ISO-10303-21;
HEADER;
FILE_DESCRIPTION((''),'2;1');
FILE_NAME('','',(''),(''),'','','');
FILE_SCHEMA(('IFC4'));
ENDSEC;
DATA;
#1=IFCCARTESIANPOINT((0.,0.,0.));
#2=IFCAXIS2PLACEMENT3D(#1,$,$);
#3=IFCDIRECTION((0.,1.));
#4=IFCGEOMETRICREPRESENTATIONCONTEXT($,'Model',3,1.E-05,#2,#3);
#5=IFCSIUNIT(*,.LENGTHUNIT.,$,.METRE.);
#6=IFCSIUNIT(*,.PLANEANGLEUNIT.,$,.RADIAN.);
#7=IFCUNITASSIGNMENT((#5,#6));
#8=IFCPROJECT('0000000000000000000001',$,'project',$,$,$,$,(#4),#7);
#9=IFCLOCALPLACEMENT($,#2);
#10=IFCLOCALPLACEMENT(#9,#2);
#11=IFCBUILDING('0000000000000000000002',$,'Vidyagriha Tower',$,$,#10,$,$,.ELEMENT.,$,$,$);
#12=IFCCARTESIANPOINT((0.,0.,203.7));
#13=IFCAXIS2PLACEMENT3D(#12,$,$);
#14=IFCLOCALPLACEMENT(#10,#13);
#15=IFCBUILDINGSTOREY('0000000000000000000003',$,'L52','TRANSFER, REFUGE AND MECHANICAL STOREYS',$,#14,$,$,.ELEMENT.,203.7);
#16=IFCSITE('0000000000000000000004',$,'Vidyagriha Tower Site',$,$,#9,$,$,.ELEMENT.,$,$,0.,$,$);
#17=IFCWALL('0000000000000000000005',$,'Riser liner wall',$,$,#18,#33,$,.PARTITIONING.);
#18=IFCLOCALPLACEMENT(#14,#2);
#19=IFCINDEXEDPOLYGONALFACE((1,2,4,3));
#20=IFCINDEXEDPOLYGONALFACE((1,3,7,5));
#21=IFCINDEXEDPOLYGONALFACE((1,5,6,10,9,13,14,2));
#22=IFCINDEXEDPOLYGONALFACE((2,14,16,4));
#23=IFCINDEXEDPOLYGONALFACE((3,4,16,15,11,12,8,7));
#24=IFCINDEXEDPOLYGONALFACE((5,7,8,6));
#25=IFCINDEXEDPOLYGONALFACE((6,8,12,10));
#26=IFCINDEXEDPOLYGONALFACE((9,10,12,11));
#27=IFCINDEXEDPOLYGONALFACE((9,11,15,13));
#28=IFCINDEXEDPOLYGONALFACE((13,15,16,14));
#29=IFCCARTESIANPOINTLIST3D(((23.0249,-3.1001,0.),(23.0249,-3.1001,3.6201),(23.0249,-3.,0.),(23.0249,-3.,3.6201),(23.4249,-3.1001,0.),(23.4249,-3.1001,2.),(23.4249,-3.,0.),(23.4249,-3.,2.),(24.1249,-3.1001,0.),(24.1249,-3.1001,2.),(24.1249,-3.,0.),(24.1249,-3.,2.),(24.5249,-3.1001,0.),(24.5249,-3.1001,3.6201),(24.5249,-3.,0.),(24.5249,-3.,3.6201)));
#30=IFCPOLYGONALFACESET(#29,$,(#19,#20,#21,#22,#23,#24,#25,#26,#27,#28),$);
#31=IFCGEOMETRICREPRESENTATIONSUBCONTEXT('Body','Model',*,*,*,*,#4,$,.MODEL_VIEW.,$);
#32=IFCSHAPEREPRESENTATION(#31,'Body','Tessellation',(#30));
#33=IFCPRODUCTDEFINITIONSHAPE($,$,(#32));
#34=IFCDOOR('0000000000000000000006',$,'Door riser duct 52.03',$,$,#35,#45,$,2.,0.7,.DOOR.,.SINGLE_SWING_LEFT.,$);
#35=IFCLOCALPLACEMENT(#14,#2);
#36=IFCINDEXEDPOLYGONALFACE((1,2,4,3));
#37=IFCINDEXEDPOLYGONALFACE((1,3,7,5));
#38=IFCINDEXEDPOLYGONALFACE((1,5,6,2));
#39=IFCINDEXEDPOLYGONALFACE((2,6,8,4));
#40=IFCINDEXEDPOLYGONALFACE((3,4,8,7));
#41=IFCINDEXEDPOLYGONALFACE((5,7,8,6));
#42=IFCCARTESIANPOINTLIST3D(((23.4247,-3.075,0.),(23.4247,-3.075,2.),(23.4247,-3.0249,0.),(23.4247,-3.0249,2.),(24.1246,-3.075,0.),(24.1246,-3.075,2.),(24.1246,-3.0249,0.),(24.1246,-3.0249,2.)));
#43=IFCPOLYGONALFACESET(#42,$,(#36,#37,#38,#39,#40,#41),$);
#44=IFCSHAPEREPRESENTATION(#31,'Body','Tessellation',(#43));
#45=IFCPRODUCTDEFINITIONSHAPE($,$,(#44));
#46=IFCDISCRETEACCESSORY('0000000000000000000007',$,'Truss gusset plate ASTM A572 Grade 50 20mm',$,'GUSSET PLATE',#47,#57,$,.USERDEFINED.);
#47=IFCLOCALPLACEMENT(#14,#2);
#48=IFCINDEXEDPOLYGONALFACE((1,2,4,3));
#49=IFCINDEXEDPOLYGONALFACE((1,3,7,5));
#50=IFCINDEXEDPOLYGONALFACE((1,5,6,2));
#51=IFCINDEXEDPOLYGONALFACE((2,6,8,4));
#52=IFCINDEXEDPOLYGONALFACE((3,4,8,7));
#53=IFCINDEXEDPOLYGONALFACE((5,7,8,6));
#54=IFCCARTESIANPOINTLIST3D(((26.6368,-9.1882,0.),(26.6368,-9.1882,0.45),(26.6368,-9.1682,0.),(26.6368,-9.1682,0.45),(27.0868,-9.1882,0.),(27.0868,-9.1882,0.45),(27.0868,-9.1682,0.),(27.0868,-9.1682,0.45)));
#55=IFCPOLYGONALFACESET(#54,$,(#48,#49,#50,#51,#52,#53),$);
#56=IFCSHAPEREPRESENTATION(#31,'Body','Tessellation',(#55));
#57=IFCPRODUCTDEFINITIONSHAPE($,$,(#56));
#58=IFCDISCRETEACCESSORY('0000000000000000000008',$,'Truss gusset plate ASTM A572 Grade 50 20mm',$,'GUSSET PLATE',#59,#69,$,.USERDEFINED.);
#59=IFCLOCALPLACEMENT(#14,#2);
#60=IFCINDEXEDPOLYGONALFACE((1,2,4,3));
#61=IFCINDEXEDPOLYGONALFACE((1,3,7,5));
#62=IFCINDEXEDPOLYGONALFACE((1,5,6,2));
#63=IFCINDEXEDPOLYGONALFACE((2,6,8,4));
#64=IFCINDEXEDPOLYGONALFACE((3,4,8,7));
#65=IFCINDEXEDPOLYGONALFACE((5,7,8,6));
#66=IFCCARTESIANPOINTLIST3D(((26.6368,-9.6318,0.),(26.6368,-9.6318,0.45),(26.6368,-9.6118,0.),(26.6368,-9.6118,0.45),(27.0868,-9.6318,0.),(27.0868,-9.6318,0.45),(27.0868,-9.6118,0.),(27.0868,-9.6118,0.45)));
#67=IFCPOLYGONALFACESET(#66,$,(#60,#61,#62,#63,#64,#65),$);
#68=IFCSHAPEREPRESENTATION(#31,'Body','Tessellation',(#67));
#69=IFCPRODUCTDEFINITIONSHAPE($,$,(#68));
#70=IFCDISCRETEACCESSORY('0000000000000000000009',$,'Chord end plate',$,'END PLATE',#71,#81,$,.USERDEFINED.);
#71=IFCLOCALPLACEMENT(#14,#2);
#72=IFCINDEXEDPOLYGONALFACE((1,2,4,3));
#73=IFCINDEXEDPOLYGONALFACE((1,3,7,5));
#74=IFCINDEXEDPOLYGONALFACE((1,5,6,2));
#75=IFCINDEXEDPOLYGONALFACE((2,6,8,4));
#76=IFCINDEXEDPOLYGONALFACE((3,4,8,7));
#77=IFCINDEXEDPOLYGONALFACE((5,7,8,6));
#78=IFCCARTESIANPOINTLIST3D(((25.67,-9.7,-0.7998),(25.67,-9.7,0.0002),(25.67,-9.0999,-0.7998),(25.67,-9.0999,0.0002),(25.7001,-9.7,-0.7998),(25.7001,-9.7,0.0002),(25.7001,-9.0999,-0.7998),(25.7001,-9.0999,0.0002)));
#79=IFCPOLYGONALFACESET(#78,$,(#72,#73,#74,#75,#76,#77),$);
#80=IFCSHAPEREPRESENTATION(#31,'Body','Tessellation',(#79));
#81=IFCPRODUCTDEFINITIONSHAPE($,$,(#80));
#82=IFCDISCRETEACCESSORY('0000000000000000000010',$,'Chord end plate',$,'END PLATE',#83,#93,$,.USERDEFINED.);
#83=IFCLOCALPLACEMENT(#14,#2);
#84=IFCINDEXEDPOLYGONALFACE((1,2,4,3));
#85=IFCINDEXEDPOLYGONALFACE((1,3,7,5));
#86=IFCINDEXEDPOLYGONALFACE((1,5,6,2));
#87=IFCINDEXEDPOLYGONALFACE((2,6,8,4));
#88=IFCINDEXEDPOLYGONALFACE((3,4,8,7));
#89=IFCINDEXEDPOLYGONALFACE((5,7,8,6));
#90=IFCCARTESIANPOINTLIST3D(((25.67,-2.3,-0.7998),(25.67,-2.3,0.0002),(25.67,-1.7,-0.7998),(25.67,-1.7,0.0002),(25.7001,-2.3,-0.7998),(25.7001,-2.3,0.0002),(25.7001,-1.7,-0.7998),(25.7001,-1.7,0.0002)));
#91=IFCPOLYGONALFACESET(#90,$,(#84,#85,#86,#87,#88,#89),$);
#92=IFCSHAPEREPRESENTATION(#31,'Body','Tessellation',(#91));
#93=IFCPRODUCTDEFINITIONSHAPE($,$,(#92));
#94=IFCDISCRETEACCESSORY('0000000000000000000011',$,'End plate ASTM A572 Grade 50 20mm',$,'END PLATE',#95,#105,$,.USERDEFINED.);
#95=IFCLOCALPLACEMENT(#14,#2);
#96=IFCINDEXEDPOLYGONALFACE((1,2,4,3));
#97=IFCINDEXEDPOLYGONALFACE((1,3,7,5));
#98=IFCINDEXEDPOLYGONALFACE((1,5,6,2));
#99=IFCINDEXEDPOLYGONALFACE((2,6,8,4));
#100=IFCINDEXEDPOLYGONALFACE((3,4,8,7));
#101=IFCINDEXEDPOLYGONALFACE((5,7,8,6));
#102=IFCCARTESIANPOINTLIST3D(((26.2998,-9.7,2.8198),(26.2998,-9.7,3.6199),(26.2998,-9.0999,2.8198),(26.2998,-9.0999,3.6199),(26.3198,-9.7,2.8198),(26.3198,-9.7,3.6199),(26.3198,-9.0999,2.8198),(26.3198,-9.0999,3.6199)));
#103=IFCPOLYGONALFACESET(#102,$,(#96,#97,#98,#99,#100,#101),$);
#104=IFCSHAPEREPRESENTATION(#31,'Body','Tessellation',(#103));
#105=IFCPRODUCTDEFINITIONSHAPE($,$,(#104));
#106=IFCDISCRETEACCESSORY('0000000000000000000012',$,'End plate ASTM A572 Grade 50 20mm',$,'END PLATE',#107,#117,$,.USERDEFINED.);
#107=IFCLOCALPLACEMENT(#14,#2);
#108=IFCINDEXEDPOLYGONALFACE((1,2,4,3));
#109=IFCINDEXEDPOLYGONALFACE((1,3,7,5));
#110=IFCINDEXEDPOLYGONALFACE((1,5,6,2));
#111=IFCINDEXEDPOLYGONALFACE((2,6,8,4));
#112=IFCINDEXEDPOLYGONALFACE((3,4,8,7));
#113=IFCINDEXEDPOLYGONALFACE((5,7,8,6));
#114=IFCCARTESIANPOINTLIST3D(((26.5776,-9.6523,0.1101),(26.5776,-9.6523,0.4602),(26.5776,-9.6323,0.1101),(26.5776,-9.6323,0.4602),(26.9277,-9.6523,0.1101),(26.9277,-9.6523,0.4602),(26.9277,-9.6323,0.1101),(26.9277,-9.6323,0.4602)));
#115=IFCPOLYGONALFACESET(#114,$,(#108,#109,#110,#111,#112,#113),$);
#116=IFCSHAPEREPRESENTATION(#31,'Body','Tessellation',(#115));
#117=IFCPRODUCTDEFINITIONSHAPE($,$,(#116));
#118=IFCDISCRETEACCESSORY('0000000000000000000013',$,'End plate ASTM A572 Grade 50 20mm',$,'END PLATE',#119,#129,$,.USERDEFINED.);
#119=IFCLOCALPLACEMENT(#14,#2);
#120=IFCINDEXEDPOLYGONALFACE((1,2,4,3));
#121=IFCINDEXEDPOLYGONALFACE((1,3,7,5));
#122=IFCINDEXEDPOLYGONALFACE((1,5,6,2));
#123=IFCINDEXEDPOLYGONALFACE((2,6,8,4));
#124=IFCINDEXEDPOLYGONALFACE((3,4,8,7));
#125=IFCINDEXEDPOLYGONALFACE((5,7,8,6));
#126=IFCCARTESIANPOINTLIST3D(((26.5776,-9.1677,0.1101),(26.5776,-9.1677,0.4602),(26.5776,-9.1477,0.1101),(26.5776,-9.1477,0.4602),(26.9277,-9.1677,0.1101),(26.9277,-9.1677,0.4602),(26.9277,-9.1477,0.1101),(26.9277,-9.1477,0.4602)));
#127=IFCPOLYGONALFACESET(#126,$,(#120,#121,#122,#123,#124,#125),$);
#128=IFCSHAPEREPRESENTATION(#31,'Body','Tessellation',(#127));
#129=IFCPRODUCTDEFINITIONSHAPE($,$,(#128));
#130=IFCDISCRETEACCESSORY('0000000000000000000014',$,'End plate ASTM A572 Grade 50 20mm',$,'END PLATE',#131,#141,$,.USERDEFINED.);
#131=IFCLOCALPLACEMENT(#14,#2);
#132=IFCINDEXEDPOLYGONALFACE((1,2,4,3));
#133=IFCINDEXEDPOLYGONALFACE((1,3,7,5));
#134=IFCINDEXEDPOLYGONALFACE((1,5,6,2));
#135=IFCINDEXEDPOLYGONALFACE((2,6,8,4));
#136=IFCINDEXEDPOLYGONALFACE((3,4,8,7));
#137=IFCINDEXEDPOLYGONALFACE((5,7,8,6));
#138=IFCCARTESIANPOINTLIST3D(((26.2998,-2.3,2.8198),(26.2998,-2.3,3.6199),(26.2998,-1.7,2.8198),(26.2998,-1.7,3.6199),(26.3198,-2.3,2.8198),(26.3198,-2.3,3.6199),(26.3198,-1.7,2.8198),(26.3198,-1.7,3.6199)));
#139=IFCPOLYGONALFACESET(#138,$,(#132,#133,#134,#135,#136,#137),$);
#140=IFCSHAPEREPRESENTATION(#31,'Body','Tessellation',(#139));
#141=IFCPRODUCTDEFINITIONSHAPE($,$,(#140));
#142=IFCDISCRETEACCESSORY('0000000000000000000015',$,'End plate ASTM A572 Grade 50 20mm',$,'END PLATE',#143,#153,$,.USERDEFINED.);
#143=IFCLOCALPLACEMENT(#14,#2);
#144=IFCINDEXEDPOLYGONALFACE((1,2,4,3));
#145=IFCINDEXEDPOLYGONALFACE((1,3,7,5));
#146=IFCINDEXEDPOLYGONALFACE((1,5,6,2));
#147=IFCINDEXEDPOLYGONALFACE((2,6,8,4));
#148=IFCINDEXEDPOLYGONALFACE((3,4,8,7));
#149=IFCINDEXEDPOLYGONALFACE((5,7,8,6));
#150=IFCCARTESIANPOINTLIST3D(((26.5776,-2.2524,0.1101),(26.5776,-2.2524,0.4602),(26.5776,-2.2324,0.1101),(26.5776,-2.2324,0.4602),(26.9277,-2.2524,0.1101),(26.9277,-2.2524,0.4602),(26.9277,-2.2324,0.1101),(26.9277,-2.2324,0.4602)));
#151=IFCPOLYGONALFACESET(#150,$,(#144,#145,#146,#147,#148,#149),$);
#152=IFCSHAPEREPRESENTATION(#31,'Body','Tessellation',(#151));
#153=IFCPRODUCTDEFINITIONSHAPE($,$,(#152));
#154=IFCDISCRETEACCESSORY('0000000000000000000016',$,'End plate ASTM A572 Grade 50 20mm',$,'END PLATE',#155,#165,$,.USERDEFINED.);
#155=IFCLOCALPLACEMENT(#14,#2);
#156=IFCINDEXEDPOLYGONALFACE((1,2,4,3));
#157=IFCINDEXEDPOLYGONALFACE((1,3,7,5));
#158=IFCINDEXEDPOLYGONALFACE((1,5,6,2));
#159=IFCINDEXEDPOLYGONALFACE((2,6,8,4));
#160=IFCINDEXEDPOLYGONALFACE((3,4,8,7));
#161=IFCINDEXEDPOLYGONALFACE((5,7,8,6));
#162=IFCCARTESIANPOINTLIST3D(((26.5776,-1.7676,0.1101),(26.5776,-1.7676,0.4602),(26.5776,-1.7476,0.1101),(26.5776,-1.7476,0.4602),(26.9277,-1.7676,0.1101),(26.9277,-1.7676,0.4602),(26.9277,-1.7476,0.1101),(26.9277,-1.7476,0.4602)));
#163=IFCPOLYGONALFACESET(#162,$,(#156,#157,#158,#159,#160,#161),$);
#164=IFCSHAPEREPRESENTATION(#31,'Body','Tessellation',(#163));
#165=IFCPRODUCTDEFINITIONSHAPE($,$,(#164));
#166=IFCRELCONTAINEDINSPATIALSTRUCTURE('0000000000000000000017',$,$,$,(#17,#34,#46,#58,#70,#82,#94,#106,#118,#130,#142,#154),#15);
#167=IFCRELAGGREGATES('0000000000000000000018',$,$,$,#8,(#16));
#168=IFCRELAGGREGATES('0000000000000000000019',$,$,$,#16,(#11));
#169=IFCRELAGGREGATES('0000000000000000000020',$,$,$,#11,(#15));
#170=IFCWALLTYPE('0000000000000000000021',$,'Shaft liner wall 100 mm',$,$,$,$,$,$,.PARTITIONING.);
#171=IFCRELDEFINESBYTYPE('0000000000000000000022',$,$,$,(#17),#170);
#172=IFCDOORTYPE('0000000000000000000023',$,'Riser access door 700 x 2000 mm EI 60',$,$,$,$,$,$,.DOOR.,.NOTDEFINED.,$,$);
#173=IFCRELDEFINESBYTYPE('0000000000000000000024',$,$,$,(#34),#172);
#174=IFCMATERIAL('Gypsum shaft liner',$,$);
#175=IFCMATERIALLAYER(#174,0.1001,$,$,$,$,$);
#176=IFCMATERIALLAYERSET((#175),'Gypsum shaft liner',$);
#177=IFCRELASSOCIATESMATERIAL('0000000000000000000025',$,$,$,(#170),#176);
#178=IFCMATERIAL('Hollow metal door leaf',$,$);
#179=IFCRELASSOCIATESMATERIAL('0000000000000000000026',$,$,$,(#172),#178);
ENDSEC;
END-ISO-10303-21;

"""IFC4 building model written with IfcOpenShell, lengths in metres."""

from ifc_helpers import new_model, si_unit, direction, frame, frame_2d, origin, origin_2d, place, context, subcontext, project, spatial, rectangle, extrude, material, layer, layer_set, type_object, element, fill, save


model = new_model("IFC4")

# Units and contexts
model_context = context("Model", 3, precision=1e-05, world=origin(), true_north=direction((0.0, 1.0)))
body_context = subcontext(model_context, "Body", "Model", "MODEL_VIEW")
ifc_project = project(units=[si_unit("LENGTHUNIT", "METRE"), si_unit("PLANEANGLEUNIT", "RADIAN")], contexts=[model_context])

# Site, building, storey
site_placement = place(None, origin())
site = spatial("IfcSite", under=ifc_project, at=site_placement, Name="Vidyagriha Tower Site", CompositionType="ELEMENT", RefElevation=0.0)
building_placement = place(site_placement, origin())
building = spatial("IfcBuilding", under=site, at=building_placement, Name="Vidyagriha Tower", CompositionType="ELEMENT")
storey_placement = place(building_placement, frame((0.0, 0.0, 203.7)))
storey = spatial("IfcBuildingStorey", under=building, at=storey_placement, Name="L52", Description="TRANSFER, REFUGE AND MECHANICAL STOREYS", CompositionType="ELEMENT", Elevation=203.7)

# Wall, opening, door
ifc_material_1 = material(Name="Gypsum shaft liner")
ifc_layer_1 = layer(ifc_material_1, 0.1001)
ifc_layer_set_1 = layer_set([ifc_layer_1], Name="Gypsum shaft liner")
wall_type_1 = type_object("IfcWallType", Name="Shaft liner wall 100 mm", PredefinedType="PARTITIONING", material=ifc_layer_set_1)
wall_1_placement = place(storey_placement, frame((23.0249, -3.05, 0.0)))
wall_1 = element("IfcWall", 1, at=wall_1_placement, inside=storey, type_object=wall_type_1, Name="Riser liner wall", PredefinedType="PARTITIONING", context=body_context, shape_type="SweptSolid", body=[
    extrude(rectangle(XDim=1.5, YDim=0.1001, at=frame_2d((0.75, 0.0))), origin(), (0.0, 0.0, 1.0), 3.6201),
])
opening_placement = place(wall_1_placement, frame((0.3999, 0.0, 0.0)))
opening = element("IfcOpeningElement", 2, at=opening_placement, cuts=wall_1, PredefinedType="OPENING", context=body_context, shape_type="SweptSolid", body=[
    extrude(rectangle(XDim=0.7, YDim=2.0, at=frame_2d((0.3501, 1.0))), frame((0.0, 0.0601, 0.0), z_axis=(0.0, -1.0, 0.0), x_axis=(1.0, 0.0, 0.0)), (0.0, 0.0, 1.0), 0.1201),
])
ifc_material_2 = material(Name="Hollow metal door leaf")
door_type = type_object("IfcDoorType", Name="Riser access door 700 x 2000 mm EI 60", OperationType="NOTDEFINED", PredefinedType="DOOR", material=ifc_material_2)
door_placement = place(opening_placement, frame((0.7, 0.0, 0.0), z_axis=(0.0, 0.0, 1.0), x_axis=(-1.0, 0.0, 0.0)))
door = element("IfcDoor", 3, at=door_placement, inside=storey, type_object=door_type, Name="Door riser duct 52.03", OperationType="SINGLE_SWING_LEFT", OverallHeight=2.0, OverallWidth=0.7, PredefinedType="DOOR", context=body_context, shape_type="SweptSolid", body=[
    extrude(rectangle(XDim=0.7, YDim=2.0, at=frame_2d((0.3501, 1.0))), frame((0.0, 0.0249, 0.0), z_axis=(0.0, -1.0, 0.0), x_axis=(1.0, 0.0, 0.0)), (0.0, 0.0, 1.0), 0.05),
])
fill(opening, door)

# Discrete accessories
for number, where, name in (
    (4, (26.8618, -9.1782, 0.0), "Truss gusset plate ASTM A572 Grade 50 20mm"),
    (5, (26.8618, -9.6218, 0.0), "Truss gusset plate ASTM A572 Grade 50 20mm"),
):
    element("IfcDiscreteAccessory", number, at=place(storey_placement, frame(where)), inside=storey, Name=name, ObjectType="GUSSET PLATE", PredefinedType="USERDEFINED", context=body_context, shape_type="SweptSolid", body=[
        extrude(rectangle(XDim=0.45, YDim=0.02, at=origin_2d()), origin(), (0.0, 0.0, 1.0), 0.45),
    ])
for number, where, z_axis, x_axis, name in (
    (6, (25.6851, -9.3999, -0.7998), (0.0, 0.0, 1.0), (-1.0, 0.0, 0.0), "Chord end plate"),
    (7, (25.6851, -2.0, -0.7998), (0.0, 0.0, 1.0), (-1.0, 0.0, 0.0), "Chord end plate"),
):
    element("IfcDiscreteAccessory", number, at=place(storey_placement, frame(where, z_axis=z_axis, x_axis=x_axis)), inside=storey, Name=name, ObjectType="END PLATE", PredefinedType="USERDEFINED", context=body_context, shape_type="SweptSolid", body=[
        extrude(rectangle(XDim=0.03, YDim=0.6001, at=origin_2d()), origin(), (0.0, 0.0, 1.0), 0.8),
    ])
discrete_accessory_1_placement = place(storey_placement, frame((26.3098, -9.3999, 2.8198), z_axis=(0.0, 0.0, 1.0), x_axis=(-1.0, 0.0, 0.0)))
element("IfcDiscreteAccessory", 8, at=discrete_accessory_1_placement, inside=storey, Name="End plate ASTM A572 Grade 50 20mm", ObjectType="END PLATE", PredefinedType="USERDEFINED", context=body_context, shape_type="SweptSolid", body=[
    extrude(rectangle(XDim=0.02, YDim=0.6001, at=origin_2d()), origin(), (0.0, 0.0, 1.0), 0.8),
])
for number, where, z_axis, x_axis, name in (
    (9, (26.7527, -9.6423, 0.1101), (0.0, 0.0, 1.0), (-1.0, 0.0, 0.0), "End plate ASTM A572 Grade 50 20mm"),
    (10, (26.7527, -9.1577, 0.1101), (0.0, 0.0, 1.0), (-1.0, 0.0, 0.0), "End plate ASTM A572 Grade 50 20mm"),
):
    element("IfcDiscreteAccessory", number, at=place(storey_placement, frame(where, z_axis=z_axis, x_axis=x_axis)), inside=storey, Name=name, ObjectType="END PLATE", PredefinedType="USERDEFINED", context=body_context, shape_type="SweptSolid", body=[
        extrude(rectangle(XDim=0.3501, YDim=0.02, at=origin_2d()), origin(), (0.0, 0.0, 1.0), 0.3501),
    ])
discrete_accessory_2_placement = place(storey_placement, frame((26.3098, -2.0, 2.8198), z_axis=(0.0, 0.0, 1.0), x_axis=(-1.0, 0.0, 0.0)))
element("IfcDiscreteAccessory", 11, at=discrete_accessory_2_placement, inside=storey, Name="End plate ASTM A572 Grade 50 20mm", ObjectType="END PLATE", PredefinedType="USERDEFINED", context=body_context, shape_type="SweptSolid", body=[
    extrude(rectangle(XDim=0.02, YDim=0.6001, at=origin_2d()), origin(), (0.0, 0.0, 1.0), 0.8),
])
for number, where, z_axis, x_axis, name in (
    (12, (26.7527, -2.2424, 0.1101), (0.0, 0.0, 1.0), (-1.0, 0.0, 0.0), "End plate ASTM A572 Grade 50 20mm"),
    (13, (26.7527, -1.7576, 0.1101), (0.0, 0.0, 1.0), (-1.0, 0.0, 0.0), "End plate ASTM A572 Grade 50 20mm"),
):
    element("IfcDiscreteAccessory", number, at=place(storey_placement, frame(where, z_axis=z_axis, x_axis=x_axis)), inside=storey, Name=name, ObjectType="END PLATE", PredefinedType="USERDEFINED", context=body_context, shape_type="SweptSolid", body=[
        extrude(rectangle(XDim=0.3501, YDim=0.02, at=origin_2d()), origin(), (0.0, 0.0, 1.0), 0.3501),
    ])

save(model, "model.ifc")
